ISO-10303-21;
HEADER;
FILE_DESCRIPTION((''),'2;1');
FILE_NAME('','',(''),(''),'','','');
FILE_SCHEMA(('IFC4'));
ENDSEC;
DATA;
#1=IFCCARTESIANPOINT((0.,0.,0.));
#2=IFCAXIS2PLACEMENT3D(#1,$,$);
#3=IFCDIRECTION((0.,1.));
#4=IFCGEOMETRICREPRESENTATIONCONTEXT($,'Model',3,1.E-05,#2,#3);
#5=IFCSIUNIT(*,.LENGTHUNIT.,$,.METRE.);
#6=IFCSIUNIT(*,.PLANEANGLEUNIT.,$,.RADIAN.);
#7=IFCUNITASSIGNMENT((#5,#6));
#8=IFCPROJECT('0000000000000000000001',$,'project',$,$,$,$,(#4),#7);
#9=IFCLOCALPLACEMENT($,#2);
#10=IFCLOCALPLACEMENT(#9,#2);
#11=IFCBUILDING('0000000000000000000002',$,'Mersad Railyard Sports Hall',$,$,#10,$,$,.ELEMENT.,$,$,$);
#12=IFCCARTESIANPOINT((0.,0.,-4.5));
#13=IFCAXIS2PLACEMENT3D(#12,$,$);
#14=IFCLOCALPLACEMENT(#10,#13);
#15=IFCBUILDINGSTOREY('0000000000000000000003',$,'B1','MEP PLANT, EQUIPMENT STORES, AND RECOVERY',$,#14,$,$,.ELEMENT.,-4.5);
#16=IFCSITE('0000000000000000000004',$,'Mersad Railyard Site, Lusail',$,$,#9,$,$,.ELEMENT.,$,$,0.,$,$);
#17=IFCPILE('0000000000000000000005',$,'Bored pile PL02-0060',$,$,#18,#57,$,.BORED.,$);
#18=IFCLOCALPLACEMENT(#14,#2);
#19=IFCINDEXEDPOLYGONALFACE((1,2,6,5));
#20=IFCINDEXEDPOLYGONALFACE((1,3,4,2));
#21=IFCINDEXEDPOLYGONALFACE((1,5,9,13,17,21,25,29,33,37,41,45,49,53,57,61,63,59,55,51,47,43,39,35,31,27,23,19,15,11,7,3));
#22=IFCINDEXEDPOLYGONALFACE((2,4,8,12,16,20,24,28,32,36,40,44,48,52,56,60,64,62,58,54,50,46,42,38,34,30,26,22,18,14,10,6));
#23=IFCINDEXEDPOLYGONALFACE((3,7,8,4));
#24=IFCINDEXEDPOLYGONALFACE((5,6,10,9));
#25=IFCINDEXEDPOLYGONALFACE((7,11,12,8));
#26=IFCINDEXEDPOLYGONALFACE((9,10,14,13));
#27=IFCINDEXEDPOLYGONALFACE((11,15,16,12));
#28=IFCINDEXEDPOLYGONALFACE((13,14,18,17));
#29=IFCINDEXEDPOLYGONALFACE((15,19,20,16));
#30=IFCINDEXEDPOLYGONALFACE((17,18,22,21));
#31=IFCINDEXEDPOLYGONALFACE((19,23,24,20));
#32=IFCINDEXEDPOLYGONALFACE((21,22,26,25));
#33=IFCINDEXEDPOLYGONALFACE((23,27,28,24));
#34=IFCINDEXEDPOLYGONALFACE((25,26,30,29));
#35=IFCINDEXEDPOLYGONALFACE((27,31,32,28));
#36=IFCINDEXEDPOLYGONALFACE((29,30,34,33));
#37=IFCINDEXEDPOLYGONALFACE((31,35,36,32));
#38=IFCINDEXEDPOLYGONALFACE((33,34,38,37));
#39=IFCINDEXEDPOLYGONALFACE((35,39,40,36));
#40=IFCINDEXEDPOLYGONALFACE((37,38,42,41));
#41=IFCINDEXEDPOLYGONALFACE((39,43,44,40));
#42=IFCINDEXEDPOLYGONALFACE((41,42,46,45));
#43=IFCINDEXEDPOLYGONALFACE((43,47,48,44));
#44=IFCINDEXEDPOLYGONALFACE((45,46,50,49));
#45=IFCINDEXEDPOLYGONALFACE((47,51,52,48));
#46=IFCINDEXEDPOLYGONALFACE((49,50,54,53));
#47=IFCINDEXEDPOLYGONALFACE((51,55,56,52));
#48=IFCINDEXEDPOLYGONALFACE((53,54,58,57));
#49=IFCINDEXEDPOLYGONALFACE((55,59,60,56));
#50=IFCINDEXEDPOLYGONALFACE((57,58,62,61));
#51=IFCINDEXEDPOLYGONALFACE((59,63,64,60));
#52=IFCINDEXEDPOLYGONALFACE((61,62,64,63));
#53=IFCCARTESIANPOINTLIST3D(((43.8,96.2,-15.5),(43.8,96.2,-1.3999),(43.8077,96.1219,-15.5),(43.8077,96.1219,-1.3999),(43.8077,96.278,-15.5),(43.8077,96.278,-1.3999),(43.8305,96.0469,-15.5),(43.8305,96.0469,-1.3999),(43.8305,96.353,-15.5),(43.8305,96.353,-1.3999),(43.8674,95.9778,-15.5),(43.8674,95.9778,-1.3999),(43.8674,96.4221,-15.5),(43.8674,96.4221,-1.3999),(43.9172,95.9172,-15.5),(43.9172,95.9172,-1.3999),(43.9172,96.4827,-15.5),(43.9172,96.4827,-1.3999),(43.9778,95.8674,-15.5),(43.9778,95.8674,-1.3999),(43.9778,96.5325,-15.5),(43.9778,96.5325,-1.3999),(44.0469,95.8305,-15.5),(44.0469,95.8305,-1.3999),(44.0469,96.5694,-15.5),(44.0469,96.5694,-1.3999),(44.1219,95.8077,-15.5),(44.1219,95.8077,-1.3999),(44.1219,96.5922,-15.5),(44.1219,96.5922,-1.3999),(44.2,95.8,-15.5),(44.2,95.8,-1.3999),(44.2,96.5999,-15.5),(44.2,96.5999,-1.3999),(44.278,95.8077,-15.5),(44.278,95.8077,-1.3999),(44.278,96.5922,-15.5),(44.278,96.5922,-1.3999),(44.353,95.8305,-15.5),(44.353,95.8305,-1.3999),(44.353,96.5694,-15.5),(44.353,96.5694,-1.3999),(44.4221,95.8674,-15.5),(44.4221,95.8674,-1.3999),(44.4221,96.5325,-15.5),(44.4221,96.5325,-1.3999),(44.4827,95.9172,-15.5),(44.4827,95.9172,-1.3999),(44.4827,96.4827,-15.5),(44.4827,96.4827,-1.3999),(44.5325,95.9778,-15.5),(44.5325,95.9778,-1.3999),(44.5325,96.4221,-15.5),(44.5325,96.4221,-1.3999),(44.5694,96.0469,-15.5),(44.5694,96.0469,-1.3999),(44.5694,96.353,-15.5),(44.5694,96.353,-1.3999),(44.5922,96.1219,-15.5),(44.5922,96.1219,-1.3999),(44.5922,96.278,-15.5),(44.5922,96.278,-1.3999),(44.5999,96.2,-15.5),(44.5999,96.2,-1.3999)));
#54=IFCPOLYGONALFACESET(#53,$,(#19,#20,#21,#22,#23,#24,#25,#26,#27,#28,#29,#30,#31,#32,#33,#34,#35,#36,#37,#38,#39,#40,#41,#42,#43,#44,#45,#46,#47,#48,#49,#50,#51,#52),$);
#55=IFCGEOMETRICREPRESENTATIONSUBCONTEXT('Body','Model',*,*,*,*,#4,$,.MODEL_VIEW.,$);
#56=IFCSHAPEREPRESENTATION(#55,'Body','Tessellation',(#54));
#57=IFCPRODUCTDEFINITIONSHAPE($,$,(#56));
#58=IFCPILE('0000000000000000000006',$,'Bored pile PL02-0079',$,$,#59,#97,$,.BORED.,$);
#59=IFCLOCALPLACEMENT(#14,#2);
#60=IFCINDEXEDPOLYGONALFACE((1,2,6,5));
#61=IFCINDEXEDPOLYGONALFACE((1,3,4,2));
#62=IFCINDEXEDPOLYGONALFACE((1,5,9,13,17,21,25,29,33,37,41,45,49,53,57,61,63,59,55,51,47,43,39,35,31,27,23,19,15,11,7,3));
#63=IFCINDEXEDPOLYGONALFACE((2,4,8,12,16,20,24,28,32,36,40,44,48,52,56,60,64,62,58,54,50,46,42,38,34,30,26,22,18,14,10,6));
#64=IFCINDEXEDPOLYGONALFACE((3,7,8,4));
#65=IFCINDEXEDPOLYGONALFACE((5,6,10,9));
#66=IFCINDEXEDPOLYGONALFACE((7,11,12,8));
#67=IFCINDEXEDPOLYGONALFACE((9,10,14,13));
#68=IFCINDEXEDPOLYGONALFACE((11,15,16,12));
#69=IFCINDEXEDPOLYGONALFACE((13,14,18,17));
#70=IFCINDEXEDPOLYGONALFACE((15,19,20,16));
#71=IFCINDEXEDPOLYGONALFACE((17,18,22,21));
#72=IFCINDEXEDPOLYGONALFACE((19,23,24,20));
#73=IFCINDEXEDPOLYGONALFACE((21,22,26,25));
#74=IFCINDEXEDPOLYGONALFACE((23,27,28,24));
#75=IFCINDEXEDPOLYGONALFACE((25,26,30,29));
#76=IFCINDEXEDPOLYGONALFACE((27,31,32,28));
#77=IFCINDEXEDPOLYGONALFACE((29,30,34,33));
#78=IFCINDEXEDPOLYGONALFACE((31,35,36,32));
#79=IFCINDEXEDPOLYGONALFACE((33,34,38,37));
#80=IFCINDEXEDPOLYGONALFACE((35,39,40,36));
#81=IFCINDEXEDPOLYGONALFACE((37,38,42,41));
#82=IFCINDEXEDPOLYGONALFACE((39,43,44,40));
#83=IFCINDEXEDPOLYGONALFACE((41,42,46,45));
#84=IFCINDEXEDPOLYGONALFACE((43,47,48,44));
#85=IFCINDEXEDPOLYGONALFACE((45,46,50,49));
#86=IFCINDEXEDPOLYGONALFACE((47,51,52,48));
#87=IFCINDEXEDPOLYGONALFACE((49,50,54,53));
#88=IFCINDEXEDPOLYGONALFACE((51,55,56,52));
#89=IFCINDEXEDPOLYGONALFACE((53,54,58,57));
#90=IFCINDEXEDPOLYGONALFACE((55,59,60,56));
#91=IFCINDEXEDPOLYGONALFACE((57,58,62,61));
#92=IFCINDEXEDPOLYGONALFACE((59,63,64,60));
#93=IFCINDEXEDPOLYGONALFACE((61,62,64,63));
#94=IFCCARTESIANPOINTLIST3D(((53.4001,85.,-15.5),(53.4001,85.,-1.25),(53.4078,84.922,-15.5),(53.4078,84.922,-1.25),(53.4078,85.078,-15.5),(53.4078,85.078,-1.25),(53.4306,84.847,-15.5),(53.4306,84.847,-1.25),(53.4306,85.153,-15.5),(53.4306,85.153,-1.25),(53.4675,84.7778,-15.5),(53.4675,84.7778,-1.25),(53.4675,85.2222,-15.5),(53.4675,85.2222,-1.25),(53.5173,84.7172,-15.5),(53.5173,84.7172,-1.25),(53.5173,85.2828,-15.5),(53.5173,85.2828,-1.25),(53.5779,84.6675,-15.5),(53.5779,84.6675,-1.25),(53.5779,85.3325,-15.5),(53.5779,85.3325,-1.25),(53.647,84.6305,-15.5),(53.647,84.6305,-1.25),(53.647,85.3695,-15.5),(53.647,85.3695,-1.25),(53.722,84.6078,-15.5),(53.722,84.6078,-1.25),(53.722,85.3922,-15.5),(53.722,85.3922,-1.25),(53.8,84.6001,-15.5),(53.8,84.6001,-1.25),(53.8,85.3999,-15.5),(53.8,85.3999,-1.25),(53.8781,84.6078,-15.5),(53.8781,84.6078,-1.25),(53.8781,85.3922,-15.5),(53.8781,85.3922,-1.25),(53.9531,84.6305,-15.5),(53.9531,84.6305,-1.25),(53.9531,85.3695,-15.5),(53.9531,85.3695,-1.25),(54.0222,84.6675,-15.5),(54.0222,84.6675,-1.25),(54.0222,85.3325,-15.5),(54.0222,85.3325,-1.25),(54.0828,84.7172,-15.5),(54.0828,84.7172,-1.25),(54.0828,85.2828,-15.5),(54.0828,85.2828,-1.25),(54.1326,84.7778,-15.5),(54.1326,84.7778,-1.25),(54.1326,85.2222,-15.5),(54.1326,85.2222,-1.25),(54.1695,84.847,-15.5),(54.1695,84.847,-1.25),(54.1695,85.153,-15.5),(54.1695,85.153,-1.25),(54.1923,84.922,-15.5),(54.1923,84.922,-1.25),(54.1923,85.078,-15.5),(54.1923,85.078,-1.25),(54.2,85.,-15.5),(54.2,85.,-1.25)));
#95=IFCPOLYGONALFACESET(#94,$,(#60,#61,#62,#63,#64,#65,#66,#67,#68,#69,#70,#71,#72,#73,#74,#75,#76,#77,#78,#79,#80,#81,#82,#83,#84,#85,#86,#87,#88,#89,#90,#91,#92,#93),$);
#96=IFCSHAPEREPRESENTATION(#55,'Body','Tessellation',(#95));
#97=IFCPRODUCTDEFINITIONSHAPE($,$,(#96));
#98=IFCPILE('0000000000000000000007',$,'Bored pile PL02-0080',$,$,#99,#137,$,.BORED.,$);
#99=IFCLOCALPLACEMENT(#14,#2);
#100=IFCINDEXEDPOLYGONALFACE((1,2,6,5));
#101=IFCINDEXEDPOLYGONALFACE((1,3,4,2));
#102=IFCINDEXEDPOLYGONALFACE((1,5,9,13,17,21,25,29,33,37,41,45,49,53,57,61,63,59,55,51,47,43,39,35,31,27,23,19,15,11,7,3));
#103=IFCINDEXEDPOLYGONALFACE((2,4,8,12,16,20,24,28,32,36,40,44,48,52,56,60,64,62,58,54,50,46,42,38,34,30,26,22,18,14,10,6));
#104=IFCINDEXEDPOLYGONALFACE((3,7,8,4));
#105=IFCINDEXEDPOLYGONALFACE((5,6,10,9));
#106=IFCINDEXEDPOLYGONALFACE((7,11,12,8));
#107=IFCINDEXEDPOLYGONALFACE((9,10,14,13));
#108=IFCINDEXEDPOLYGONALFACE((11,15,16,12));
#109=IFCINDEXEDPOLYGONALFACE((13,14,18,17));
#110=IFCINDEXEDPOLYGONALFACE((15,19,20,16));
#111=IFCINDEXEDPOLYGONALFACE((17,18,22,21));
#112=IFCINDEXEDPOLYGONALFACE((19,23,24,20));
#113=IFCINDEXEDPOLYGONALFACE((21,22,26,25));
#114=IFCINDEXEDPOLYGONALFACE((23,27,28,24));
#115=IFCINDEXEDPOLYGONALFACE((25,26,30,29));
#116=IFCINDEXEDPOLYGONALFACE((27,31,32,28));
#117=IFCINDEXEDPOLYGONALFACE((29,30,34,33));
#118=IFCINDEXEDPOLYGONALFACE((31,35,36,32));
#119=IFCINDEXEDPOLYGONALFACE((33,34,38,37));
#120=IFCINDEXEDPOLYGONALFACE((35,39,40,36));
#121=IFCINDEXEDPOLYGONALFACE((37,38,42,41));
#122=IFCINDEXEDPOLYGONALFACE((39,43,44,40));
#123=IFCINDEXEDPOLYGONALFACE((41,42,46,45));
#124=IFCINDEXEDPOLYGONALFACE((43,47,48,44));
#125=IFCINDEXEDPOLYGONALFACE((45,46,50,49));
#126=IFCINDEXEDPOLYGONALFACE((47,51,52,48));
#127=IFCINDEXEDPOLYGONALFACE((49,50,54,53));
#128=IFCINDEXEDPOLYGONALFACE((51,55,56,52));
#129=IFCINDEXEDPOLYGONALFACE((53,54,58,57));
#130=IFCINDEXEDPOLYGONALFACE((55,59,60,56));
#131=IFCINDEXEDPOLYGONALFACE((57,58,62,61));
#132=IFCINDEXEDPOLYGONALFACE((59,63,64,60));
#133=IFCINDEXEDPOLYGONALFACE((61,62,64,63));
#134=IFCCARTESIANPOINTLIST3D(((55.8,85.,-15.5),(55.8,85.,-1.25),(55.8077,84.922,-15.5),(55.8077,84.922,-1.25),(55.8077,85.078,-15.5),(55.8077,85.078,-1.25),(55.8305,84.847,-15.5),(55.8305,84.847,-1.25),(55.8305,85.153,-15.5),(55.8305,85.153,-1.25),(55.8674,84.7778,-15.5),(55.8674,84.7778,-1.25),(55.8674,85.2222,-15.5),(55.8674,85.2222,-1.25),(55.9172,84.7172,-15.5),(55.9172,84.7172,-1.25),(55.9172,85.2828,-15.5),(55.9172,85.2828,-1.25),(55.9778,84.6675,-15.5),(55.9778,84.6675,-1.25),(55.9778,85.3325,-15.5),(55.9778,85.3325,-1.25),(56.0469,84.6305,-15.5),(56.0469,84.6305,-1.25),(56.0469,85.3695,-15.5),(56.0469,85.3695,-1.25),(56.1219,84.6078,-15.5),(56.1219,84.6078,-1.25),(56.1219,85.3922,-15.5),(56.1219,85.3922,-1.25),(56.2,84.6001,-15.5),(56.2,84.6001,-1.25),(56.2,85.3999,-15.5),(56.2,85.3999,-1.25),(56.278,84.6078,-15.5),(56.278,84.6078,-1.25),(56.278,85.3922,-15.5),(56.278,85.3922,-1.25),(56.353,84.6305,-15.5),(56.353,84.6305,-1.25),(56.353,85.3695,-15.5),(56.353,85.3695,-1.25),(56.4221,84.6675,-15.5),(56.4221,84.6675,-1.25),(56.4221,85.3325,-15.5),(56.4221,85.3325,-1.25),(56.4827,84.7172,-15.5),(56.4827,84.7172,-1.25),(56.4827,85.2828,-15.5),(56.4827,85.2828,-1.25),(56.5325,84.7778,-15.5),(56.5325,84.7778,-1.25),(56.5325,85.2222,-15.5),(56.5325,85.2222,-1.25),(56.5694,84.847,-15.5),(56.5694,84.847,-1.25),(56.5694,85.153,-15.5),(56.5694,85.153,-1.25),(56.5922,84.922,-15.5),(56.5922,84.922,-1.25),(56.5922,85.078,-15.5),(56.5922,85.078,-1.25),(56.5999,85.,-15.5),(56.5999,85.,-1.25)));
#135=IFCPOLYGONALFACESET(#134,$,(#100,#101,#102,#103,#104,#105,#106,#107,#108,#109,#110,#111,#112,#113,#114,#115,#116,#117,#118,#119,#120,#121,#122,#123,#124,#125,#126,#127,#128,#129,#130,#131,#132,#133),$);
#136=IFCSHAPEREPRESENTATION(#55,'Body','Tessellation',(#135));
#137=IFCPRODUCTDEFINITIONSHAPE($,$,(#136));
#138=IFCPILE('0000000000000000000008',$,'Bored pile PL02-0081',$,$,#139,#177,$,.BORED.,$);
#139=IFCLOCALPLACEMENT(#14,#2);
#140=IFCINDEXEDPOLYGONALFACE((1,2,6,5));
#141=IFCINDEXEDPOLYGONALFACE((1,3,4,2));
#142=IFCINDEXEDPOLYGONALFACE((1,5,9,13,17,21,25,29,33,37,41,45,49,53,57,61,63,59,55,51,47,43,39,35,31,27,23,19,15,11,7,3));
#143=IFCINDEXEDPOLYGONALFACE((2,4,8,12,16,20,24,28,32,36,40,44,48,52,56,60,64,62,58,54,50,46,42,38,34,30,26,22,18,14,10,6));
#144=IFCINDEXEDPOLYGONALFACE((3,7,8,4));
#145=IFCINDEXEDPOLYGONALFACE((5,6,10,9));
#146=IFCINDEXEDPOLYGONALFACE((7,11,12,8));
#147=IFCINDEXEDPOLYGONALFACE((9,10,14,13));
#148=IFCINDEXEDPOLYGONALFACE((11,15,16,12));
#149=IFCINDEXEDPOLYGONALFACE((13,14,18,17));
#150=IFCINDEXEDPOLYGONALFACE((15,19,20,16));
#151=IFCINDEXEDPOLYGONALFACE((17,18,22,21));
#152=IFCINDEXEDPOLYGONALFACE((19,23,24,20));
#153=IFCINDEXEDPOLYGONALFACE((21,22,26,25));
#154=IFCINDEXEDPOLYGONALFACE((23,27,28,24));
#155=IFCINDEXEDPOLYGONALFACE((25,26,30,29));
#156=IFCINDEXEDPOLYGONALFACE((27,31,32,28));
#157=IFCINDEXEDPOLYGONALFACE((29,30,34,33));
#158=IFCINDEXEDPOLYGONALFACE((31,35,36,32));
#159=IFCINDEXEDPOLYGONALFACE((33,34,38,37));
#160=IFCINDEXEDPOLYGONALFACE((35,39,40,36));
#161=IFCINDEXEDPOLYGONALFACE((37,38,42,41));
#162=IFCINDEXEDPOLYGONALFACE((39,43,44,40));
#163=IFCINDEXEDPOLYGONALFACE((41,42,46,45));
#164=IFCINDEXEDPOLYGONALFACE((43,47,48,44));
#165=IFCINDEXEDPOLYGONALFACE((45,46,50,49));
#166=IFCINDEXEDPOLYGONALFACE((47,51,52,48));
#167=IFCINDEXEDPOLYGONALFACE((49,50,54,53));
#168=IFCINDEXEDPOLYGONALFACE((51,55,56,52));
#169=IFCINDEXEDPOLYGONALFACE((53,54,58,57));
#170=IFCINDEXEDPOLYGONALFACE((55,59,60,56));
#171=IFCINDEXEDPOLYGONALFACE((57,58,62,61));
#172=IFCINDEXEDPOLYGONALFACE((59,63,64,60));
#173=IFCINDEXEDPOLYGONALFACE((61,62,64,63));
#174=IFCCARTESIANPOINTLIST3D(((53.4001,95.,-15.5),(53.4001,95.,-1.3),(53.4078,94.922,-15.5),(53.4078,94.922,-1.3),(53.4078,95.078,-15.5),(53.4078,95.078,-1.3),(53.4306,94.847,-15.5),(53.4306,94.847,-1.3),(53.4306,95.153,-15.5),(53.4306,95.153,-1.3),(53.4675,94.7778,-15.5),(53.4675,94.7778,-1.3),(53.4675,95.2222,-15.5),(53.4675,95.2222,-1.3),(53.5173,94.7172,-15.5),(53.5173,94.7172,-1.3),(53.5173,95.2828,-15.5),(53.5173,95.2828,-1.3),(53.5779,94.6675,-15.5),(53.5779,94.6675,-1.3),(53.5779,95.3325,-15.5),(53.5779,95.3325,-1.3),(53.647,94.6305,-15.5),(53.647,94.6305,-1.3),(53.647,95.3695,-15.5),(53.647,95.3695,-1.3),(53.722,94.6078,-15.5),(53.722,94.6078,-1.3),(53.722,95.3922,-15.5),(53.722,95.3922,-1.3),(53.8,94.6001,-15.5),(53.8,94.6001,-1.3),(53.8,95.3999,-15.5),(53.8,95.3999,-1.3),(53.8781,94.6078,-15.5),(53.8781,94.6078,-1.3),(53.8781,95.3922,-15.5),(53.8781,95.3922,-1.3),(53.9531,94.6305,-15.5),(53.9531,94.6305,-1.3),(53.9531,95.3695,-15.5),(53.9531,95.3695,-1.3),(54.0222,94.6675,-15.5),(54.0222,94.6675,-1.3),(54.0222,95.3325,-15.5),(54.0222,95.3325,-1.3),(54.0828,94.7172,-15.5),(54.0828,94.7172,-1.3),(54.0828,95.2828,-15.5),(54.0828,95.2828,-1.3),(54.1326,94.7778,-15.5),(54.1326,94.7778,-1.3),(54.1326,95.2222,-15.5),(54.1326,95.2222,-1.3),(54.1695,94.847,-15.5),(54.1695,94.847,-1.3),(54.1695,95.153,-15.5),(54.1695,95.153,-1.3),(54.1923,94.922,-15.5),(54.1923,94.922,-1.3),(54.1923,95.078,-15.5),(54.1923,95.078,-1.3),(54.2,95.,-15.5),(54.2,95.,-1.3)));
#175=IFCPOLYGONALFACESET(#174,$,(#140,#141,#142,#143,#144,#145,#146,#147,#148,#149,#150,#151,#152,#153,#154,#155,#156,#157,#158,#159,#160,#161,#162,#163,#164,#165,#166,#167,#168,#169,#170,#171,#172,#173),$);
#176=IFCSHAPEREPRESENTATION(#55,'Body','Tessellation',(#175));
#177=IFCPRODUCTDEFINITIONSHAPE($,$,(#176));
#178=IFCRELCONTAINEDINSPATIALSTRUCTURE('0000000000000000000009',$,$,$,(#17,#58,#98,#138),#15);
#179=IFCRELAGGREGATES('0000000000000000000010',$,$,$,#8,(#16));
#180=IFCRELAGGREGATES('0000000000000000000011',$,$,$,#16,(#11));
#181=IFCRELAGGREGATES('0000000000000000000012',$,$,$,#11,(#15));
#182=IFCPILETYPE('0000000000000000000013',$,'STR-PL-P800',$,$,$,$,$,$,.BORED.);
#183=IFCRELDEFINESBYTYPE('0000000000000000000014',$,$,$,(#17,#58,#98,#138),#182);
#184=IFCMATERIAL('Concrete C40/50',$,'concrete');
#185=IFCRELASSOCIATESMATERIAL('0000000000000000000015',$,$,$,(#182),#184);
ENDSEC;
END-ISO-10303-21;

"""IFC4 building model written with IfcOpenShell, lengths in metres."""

from ifc_helpers import new_model, si_unit, direction, frame, origin, origin_2d, place, context, subcontext, project, spatial, circle, extrude, material, material_profile, profile_set, type_object, element, save


model = new_model("IFC4")

# Units and contexts
model_context = context("Model", 3, precision=1e-05, world=origin(), true_north=direction((0.0, 1.0)))
body_context = subcontext(model_context, "Body", "Model", "MODEL_VIEW")
ifc_project = project(units=[si_unit("LENGTHUNIT", "METRE"), si_unit("PLANEANGLEUNIT", "RADIAN")], contexts=[model_context])

# Site, building, storey
site_placement = place(None, origin())
site = spatial("IfcSite", under=ifc_project, at=site_placement, Name="Mersad Railyard Site, Lusail", CompositionType="ELEMENT", RefElevation=0.0)
building_placement = place(site_placement, origin())
building = spatial("IfcBuilding", under=site, at=building_placement, Name="Mersad Railyard Sports Hall", CompositionType="ELEMENT")
storey_placement = place(building_placement, frame((0.0, 0.0, -4.5)))
storey = spatial("IfcBuildingStorey", under=building, at=storey_placement, Name="B1", Description="MEP PLANT, EQUIPMENT STORES, AND RECOVERY", CompositionType="ELEMENT", Elevation=-4.5)

# Shared definitions
ifc_material_1 = material(Name="Concrete C40/50", Category="concrete")

# Piles
ifc_material_profile_1 = material_profile(ifc_material_1, circle(Radius=0.3999, at=origin_2d()), Name="BORED PILE D800")
ifc_profile_set_1 = profile_set([ifc_material_profile_1], Name="Concrete C40/50")
pile_type_1 = type_object("IfcPileType", Name="STR-PL-P800", PredefinedType="BORED", material=ifc_profile_set_1)
for number, where, z_axis, x_axis, name in (
    (1, (44.2, 96.2, -1.3999), (0.0, 0.0, -1.0), (1.0, 0.0, 0.0), "Bored pile PL02-0060"),
):
    element("IfcPile", number, at=place(storey_placement, frame(where, z_axis=z_axis, x_axis=x_axis)), inside=storey, type_object=pile_type_1, Name=name, PredefinedType="BORED", context=body_context, shape_type="SweptSolid", body=[
        extrude(circle(Radius=0.3999, at=origin_2d()), origin(), (0.0, 0.0, 1.0), 14.1001),
    ])
for number, where, z_axis, x_axis, name in (
    (2, (53.8, 85.0, -1.25), (0.0, 0.0, -1.0), (1.0, 0.0, 0.0), "Bored pile PL02-0079"),
    (3, (56.2, 85.0, -1.25), (0.0, 0.0, -1.0), (1.0, 0.0, 0.0), "Bored pile PL02-0080"),
):
    element("IfcPile", number, at=place(storey_placement, frame(where, z_axis=z_axis, x_axis=x_axis)), inside=storey, type_object=pile_type_1, Name=name, PredefinedType="BORED", context=body_context, shape_type="SweptSolid", body=[
        extrude(circle(Radius=0.3999, at=origin_2d()), origin(), (0.0, 0.0, 1.0), 14.25),
    ])
for number, where, z_axis, x_axis, name in (
    (4, (53.8, 95.0, -1.3), (0.0, 0.0, -1.0), (1.0, 0.0, 0.0), "Bored pile PL02-0081"),
):
    element("IfcPile", number, at=place(storey_placement, frame(where, z_axis=z_axis, x_axis=x_axis)), inside=storey, type_object=pile_type_1, Name=name, PredefinedType="BORED", context=body_context, shape_type="SweptSolid", body=[
        extrude(circle(Radius=0.3999, at=origin_2d()), origin(), (0.0, 0.0, 1.0), 14.2),
    ])

save(model, "model.ifc")
